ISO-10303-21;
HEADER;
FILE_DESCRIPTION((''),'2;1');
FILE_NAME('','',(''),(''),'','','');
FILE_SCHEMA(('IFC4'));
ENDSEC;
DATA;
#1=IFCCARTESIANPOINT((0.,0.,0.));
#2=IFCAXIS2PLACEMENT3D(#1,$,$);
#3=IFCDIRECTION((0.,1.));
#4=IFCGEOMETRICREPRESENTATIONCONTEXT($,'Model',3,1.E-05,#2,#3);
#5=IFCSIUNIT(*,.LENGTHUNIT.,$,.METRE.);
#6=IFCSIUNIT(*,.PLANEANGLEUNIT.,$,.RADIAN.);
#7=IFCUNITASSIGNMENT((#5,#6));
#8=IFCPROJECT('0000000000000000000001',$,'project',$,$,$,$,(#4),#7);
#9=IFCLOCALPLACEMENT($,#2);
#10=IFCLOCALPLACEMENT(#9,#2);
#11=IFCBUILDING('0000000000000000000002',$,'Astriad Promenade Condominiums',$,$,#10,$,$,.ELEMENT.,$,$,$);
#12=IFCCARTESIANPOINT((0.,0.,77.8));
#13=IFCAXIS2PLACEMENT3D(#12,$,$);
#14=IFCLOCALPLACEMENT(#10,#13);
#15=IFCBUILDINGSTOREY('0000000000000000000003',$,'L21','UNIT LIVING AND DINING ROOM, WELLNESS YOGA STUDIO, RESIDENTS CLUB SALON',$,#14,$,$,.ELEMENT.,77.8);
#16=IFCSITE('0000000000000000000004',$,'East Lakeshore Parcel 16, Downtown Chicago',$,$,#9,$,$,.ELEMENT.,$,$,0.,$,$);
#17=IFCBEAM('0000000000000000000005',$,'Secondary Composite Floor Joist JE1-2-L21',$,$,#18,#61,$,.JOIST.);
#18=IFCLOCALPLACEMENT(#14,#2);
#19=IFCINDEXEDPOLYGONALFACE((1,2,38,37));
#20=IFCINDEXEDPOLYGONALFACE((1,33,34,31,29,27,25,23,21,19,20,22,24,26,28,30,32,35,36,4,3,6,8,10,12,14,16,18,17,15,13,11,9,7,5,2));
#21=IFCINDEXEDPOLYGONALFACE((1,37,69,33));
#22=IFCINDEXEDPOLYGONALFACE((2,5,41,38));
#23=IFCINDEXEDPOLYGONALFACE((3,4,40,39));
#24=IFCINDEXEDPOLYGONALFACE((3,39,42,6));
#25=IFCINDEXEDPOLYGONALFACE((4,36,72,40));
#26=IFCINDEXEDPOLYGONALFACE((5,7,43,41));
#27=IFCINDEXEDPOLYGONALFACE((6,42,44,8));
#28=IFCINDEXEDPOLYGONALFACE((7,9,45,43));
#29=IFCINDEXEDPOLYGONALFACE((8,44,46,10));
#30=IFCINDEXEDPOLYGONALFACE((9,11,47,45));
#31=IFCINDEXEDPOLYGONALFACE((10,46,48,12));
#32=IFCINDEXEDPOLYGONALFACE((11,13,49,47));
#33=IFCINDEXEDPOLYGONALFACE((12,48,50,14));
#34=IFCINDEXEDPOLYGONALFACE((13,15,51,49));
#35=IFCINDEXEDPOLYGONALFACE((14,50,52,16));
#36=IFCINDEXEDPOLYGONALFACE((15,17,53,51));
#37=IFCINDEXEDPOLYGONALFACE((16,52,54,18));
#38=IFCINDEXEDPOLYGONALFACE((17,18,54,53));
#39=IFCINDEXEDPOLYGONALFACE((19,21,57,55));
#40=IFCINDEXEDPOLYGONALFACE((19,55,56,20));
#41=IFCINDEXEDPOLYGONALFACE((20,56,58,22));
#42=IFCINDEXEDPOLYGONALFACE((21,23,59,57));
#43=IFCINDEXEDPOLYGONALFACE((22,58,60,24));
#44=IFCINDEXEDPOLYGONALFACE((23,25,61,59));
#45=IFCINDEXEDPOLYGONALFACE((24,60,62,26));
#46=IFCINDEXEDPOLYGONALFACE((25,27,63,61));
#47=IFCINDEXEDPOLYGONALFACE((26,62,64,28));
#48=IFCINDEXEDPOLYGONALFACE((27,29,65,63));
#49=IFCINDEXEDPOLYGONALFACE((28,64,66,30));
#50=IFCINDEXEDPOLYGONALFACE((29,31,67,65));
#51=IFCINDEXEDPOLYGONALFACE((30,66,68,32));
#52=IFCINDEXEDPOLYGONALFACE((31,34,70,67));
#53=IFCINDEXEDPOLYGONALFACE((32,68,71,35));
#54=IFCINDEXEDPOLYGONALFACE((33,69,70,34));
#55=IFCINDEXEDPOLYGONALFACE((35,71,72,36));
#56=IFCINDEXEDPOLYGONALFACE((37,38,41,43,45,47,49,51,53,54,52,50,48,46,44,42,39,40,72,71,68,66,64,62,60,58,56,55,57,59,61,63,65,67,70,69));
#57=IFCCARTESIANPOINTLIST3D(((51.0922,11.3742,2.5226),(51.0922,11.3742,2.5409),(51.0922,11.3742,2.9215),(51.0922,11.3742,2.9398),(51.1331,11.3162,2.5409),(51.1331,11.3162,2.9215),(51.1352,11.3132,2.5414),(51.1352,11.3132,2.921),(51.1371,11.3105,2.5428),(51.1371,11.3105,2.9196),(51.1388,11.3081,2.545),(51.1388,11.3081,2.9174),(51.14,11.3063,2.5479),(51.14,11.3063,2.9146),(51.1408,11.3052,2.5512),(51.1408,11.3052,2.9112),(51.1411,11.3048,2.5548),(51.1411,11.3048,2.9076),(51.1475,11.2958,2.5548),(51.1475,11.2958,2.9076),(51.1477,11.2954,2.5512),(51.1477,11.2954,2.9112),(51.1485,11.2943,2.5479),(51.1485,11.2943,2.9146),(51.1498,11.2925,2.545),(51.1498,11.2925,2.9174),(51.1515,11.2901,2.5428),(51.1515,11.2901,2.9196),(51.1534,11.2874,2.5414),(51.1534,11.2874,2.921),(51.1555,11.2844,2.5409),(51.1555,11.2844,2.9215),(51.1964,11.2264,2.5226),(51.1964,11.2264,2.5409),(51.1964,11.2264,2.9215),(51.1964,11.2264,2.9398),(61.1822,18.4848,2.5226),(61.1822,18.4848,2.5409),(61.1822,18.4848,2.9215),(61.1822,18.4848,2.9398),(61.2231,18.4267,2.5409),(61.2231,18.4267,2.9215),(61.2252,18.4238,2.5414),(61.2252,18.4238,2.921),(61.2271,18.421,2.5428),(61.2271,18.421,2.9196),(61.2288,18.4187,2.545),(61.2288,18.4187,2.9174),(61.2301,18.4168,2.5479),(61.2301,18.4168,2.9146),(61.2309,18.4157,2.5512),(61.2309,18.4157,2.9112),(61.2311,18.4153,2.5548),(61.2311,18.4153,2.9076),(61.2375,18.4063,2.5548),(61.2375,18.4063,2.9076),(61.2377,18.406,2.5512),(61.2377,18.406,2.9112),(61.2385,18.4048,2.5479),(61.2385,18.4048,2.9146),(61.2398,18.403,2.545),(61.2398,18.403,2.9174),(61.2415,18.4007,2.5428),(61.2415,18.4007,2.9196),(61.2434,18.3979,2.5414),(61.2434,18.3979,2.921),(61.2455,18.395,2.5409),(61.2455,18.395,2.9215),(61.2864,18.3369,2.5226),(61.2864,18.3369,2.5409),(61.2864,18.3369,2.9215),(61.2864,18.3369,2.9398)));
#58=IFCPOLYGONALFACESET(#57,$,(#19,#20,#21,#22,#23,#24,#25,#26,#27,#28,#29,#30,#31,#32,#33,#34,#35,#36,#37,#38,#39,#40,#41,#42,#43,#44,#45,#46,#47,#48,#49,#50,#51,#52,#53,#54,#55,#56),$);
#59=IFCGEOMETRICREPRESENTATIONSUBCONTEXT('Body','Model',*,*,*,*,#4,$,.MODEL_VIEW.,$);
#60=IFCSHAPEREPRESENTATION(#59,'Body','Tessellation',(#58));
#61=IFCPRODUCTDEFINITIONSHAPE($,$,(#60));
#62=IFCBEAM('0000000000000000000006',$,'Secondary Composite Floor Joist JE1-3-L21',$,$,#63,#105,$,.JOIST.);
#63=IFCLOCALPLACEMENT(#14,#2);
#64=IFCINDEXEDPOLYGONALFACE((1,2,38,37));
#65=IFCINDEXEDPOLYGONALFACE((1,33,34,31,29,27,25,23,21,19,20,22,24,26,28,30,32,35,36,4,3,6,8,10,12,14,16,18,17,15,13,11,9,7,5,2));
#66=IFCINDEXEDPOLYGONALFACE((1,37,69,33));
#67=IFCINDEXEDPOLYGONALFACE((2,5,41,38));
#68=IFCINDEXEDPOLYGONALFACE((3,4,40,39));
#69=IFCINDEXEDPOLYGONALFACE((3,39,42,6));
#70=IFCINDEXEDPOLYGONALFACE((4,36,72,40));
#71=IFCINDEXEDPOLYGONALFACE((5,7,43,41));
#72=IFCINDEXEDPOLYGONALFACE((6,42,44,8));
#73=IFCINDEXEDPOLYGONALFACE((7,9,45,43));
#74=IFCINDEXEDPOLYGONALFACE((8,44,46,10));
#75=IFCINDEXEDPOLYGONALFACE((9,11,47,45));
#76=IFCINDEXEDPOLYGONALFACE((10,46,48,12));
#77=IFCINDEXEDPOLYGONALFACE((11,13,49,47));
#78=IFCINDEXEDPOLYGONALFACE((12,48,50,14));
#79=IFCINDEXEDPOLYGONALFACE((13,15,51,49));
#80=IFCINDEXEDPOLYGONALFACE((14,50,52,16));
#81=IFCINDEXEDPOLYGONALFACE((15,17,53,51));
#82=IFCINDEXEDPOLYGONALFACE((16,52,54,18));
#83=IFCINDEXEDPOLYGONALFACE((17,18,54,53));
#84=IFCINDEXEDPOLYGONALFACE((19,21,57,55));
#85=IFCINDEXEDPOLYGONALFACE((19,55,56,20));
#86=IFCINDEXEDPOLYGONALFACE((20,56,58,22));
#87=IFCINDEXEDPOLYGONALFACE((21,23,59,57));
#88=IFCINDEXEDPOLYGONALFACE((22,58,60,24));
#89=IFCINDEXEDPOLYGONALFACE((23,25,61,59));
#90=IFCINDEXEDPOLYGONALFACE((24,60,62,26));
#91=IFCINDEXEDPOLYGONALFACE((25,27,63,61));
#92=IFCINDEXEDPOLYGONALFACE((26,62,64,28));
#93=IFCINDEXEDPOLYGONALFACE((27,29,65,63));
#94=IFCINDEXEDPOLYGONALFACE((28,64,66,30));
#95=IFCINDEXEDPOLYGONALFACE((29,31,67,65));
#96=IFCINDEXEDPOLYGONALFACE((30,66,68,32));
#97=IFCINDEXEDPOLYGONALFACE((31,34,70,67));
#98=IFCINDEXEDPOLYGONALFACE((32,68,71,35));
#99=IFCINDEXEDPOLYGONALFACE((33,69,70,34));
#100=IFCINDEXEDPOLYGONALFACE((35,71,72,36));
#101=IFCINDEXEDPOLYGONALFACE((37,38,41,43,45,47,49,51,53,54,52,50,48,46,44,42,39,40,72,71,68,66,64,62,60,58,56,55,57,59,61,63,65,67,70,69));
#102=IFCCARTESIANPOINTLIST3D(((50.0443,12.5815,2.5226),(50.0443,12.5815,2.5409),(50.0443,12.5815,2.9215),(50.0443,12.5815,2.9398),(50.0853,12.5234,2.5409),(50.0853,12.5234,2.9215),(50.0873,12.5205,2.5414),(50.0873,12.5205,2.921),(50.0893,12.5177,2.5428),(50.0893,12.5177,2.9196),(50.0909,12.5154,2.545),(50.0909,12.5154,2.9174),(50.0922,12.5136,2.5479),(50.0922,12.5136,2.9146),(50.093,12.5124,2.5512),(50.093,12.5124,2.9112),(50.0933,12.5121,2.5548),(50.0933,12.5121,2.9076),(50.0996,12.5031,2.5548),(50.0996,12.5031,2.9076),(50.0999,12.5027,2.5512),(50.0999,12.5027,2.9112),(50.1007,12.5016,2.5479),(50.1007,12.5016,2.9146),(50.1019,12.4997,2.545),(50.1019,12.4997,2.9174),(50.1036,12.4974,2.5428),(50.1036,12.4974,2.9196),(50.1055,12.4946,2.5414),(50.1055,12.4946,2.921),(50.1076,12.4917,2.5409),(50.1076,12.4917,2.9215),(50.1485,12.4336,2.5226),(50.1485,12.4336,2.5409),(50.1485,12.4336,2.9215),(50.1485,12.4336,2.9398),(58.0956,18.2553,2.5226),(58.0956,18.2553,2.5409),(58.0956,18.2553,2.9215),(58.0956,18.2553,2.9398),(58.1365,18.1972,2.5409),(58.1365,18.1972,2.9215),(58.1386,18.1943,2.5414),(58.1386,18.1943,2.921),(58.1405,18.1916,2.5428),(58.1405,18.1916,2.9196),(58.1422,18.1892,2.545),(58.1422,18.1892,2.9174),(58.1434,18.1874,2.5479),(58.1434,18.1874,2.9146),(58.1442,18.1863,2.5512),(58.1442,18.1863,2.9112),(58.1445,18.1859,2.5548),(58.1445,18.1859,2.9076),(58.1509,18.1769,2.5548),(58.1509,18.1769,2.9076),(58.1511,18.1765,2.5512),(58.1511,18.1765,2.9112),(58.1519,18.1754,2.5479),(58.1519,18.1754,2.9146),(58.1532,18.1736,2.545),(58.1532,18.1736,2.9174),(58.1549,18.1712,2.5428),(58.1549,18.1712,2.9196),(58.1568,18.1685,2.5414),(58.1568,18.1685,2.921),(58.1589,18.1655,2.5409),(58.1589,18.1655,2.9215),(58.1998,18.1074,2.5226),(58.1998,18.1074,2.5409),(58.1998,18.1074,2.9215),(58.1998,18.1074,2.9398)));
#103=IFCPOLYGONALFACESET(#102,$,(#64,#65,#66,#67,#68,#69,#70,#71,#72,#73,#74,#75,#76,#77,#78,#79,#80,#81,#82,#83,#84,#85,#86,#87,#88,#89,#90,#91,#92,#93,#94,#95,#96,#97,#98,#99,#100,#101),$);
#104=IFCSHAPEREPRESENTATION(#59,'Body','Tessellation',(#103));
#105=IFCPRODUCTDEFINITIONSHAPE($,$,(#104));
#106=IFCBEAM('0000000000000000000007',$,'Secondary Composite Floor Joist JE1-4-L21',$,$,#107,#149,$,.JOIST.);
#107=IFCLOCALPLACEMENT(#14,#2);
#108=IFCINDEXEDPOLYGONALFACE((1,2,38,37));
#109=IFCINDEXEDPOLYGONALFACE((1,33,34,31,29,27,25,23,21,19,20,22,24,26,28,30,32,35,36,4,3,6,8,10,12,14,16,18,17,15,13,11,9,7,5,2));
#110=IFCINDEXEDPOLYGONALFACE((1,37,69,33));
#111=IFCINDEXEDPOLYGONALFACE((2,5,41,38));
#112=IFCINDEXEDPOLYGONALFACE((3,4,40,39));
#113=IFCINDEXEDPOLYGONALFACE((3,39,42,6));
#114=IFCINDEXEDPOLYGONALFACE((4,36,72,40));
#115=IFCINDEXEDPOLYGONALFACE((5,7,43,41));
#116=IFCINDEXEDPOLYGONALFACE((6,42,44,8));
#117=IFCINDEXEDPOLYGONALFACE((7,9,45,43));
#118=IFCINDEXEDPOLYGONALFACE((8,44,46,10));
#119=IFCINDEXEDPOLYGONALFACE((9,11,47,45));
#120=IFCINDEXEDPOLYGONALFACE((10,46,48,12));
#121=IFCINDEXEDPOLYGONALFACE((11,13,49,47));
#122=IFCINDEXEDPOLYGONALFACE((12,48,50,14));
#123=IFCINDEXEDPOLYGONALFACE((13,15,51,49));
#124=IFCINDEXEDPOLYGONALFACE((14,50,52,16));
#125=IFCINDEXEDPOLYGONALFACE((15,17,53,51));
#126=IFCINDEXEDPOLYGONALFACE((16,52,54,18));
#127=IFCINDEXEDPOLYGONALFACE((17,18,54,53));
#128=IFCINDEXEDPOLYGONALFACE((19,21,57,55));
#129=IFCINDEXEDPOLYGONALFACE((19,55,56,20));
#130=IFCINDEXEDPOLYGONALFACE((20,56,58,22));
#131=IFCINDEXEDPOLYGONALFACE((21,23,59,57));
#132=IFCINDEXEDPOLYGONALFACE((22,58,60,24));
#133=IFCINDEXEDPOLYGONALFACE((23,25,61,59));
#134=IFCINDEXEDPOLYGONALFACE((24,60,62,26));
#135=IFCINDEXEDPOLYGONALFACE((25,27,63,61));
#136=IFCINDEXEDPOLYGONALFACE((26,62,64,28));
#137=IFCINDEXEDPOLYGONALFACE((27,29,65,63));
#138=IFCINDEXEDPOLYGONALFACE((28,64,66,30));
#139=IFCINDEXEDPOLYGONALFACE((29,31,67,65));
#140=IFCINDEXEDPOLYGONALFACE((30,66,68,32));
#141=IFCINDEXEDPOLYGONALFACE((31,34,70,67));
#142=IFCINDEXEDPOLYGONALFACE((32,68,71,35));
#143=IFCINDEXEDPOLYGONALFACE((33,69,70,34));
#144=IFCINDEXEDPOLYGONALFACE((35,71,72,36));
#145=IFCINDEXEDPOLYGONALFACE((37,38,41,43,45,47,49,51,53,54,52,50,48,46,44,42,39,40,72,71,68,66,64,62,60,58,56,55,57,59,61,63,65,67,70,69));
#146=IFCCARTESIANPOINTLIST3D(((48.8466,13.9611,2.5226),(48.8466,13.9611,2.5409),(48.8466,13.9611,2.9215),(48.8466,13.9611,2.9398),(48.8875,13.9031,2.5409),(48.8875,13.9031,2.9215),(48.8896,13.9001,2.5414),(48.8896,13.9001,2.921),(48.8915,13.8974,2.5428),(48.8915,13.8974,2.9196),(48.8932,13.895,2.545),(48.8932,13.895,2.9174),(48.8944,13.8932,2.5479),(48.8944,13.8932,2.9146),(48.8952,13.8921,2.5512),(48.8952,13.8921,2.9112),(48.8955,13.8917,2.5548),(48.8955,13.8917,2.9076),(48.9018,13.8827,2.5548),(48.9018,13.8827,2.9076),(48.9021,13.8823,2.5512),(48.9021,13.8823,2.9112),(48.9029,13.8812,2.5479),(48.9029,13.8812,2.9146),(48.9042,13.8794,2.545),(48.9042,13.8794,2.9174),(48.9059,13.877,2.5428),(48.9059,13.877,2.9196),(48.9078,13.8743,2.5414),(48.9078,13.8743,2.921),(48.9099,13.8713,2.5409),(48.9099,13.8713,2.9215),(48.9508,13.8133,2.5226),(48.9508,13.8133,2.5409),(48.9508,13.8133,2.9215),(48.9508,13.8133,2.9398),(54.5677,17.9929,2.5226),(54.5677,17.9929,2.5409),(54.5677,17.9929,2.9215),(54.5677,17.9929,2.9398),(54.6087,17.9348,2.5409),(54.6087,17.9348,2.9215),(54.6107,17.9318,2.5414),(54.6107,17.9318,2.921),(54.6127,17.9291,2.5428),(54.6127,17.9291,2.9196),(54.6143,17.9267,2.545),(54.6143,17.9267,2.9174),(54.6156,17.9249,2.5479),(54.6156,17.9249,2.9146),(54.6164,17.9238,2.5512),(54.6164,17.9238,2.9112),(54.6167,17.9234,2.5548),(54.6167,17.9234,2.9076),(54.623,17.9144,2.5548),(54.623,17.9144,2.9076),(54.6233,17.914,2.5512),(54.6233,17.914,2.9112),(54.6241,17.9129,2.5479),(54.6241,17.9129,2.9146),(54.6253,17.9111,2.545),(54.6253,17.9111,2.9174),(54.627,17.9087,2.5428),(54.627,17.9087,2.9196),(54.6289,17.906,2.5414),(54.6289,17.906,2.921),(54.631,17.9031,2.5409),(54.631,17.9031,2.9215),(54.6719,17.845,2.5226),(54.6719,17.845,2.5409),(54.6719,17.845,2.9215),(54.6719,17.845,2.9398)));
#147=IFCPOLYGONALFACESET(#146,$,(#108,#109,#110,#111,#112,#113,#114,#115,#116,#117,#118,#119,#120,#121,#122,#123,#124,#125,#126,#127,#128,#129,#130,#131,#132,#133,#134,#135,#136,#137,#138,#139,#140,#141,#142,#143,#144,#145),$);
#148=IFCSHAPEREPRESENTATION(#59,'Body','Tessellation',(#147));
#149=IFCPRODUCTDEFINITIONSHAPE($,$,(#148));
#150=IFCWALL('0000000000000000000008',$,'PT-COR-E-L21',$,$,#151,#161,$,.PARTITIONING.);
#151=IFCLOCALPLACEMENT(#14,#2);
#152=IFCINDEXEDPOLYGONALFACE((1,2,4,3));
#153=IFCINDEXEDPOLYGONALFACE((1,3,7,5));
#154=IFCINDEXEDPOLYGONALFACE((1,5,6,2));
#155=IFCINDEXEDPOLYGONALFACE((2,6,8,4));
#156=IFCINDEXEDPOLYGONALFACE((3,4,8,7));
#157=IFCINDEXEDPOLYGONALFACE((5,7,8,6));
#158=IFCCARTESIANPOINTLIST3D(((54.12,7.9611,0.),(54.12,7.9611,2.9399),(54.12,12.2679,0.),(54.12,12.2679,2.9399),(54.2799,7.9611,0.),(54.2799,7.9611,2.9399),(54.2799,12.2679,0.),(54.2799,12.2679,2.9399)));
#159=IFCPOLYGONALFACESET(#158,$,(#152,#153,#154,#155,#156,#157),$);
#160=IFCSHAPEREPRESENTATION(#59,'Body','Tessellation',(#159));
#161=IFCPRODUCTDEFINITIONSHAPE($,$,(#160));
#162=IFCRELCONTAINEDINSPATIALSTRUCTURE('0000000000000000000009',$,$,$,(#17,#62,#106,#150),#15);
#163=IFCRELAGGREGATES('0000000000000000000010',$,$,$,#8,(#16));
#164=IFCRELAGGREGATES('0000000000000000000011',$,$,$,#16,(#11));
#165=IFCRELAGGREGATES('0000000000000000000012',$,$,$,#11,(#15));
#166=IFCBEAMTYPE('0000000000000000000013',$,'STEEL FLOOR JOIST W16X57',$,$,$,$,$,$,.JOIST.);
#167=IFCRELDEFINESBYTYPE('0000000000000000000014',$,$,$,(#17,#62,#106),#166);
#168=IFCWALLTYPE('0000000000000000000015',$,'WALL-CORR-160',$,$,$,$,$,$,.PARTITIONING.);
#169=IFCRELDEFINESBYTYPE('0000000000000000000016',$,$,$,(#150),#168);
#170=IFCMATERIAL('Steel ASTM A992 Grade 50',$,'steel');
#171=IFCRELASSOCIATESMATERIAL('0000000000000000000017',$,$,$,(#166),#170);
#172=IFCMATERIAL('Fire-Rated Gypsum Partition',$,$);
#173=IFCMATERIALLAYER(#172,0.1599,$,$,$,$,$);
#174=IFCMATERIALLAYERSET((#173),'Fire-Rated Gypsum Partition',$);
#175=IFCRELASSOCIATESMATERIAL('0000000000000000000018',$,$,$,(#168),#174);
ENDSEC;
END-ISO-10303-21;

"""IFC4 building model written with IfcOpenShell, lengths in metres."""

from ifc_helpers import new_model, si_unit, direction, frame, frame_2d, origin, origin_2d, place, context, subcontext, project, spatial, rectangle, i_section, extrude, source, transform, mapped, material, layer, layer_set, material_profile, profile_set, type_object, element, save


model = new_model("IFC4")

# Units and contexts
model_context = context("Model", 3, precision=1e-05, world=origin(), true_north=direction((0.0, 1.0)))
body_context = subcontext(model_context, "Body", "Model", "MODEL_VIEW")
ifc_project = project(units=[si_unit("LENGTHUNIT", "METRE"), si_unit("PLANEANGLEUNIT", "RADIAN")], contexts=[model_context])

# Site, building, storey
site_placement = place(None, origin())
site = spatial("IfcSite", under=ifc_project, at=site_placement, Name="East Lakeshore Parcel 16, Downtown Chicago", CompositionType="ELEMENT", RefElevation=0.0)
building_placement = place(site_placement, origin())
building = spatial("IfcBuilding", under=site, at=building_placement, Name="Astriad Promenade Condominiums", CompositionType="ELEMENT")
storey_placement = place(building_placement, frame((0.0, 0.0, 77.8)))
storey = spatial("IfcBuildingStorey", under=building, at=storey_placement, Name="L21", Description="UNIT LIVING AND DINING ROOM, WELLNESS YOGA STUDIO, RESIDENTS CLUB SALON", CompositionType="ELEMENT", Elevation=77.8)

# Beams
ifc_material_1 = material(Name="Steel ASTM A992 Grade 50", Category="steel")
ifc_material_profile_1 = material_profile(ifc_material_1, i_section(OverallWidth=0.1809, OverallDepth=0.4172, WebThickness=0.011, FlangeThickness=0.0183, FilletRadius=0.0139, at=origin_2d()), Name="W16X57")
ifc_profile_set_1 = profile_set([ifc_material_profile_1], Name="Steel ASTM A992 Grade 50")
beam_type_1 = type_object("IfcBeamType", Name="STEEL FLOOR JOIST W16X57", PredefinedType="JOIST", material=ifc_profile_set_1)
shared_shape_1 = source(origin(), body_context, "Body", "SweptSolid", [
    extrude(i_section(OverallWidth=0.1809, OverallDepth=0.4172, WebThickness=0.011, FlangeThickness=0.0183, FilletRadius=0.0139, at=origin_2d()), origin(), (0.0, 0.0, 1.0), 12.3438),
])
beam_1_placement = place(storey_placement, frame((51.1443, 11.3003, 2.7312), z_axis=(0.817419, 0.576044, 0.0), x_axis=(-0.576044, 0.817419, 0.0)))
element("IfcBeam", 1, at=beam_1_placement, inside=storey, type_object=beam_type_1, Name="Secondary Composite Floor Joist JE1-2-L21", PredefinedType="JOIST", context=body_context, shape_type="MappedRepresentation", body=[
    mapped(shared_shape_1, transform((0.0, 0.0, 0.0), scale=1.0)),
])
shared_shape_2 = source(origin(), body_context, "Body", "SweptSolid", [
    extrude(i_section(OverallWidth=0.1809, OverallDepth=0.4172, WebThickness=0.011, FlangeThickness=0.0183, FilletRadius=0.0139, at=origin_2d()), origin(), (0.0, 0.0, 1.0), 9.8496),
])
beam_2_placement = place(storey_placement, frame((50.0964, 12.5076, 2.7312), z_axis=(0.817418, 0.576045, 0.0), x_axis=(-0.576045, 0.817418, 0.0)))
element("IfcBeam", 2, at=beam_2_placement, inside=storey, type_object=beam_type_1, Name="Secondary Composite Floor Joist JE1-3-L21", PredefinedType="JOIST", context=body_context, shape_type="MappedRepresentation", body=[
    mapped(shared_shape_2, transform((0.0, 0.0, 0.0), scale=1.0)),
])
shared_shape_3 = source(origin(), body_context, "Body", "SweptSolid", [
    extrude(i_section(OverallWidth=0.1809, OverallDepth=0.4172, WebThickness=0.011, FlangeThickness=0.0183, FilletRadius=0.0139, at=origin_2d()), origin(), (0.0, 0.0, 1.0), 6.999),
])
beam_3_placement = place(storey_placement, frame((48.8987, 13.8872, 2.7312), z_axis=(0.817422, 0.576039, 0.0), x_axis=(-0.576039, 0.817422, 0.0)))
element("IfcBeam", 3, at=beam_3_placement, inside=storey, type_object=beam_type_1, Name="Secondary Composite Floor Joist JE1-4-L21", PredefinedType="JOIST", context=body_context, shape_type="MappedRepresentation", body=[
    mapped(shared_shape_3, transform((0.0, 0.0, 0.0), scale=1.0)),
])

# Wall
ifc_material_2 = material(Name="Fire-Rated Gypsum Partition")
ifc_layer_1 = layer(ifc_material_2, 0.1599)
ifc_layer_set_1 = layer_set([ifc_layer_1], Name="Fire-Rated Gypsum Partition")
wall_type_1 = type_object("IfcWallType", Name="WALL-CORR-160", PredefinedType="PARTITIONING", material=ifc_layer_set_1)
wall_1_placement = place(storey_placement, frame((54.2, 7.9612, 0.0), z_axis=(0.0, 0.0, 1.0), x_axis=(0.0, 1.0, 0.0)))
element("IfcWall", 4, at=wall_1_placement, inside=storey, type_object=wall_type_1, Name="PT-COR-E-L21", PredefinedType="PARTITIONING", context=body_context, shape_type="SweptSolid", body=[
    extrude(rectangle(XDim=4.3069, YDim=0.1599, at=frame_2d((2.1533, 0.0))), origin(), (0.0, 0.0, 1.0), 2.9399),
])

save(model, "model.ifc")
